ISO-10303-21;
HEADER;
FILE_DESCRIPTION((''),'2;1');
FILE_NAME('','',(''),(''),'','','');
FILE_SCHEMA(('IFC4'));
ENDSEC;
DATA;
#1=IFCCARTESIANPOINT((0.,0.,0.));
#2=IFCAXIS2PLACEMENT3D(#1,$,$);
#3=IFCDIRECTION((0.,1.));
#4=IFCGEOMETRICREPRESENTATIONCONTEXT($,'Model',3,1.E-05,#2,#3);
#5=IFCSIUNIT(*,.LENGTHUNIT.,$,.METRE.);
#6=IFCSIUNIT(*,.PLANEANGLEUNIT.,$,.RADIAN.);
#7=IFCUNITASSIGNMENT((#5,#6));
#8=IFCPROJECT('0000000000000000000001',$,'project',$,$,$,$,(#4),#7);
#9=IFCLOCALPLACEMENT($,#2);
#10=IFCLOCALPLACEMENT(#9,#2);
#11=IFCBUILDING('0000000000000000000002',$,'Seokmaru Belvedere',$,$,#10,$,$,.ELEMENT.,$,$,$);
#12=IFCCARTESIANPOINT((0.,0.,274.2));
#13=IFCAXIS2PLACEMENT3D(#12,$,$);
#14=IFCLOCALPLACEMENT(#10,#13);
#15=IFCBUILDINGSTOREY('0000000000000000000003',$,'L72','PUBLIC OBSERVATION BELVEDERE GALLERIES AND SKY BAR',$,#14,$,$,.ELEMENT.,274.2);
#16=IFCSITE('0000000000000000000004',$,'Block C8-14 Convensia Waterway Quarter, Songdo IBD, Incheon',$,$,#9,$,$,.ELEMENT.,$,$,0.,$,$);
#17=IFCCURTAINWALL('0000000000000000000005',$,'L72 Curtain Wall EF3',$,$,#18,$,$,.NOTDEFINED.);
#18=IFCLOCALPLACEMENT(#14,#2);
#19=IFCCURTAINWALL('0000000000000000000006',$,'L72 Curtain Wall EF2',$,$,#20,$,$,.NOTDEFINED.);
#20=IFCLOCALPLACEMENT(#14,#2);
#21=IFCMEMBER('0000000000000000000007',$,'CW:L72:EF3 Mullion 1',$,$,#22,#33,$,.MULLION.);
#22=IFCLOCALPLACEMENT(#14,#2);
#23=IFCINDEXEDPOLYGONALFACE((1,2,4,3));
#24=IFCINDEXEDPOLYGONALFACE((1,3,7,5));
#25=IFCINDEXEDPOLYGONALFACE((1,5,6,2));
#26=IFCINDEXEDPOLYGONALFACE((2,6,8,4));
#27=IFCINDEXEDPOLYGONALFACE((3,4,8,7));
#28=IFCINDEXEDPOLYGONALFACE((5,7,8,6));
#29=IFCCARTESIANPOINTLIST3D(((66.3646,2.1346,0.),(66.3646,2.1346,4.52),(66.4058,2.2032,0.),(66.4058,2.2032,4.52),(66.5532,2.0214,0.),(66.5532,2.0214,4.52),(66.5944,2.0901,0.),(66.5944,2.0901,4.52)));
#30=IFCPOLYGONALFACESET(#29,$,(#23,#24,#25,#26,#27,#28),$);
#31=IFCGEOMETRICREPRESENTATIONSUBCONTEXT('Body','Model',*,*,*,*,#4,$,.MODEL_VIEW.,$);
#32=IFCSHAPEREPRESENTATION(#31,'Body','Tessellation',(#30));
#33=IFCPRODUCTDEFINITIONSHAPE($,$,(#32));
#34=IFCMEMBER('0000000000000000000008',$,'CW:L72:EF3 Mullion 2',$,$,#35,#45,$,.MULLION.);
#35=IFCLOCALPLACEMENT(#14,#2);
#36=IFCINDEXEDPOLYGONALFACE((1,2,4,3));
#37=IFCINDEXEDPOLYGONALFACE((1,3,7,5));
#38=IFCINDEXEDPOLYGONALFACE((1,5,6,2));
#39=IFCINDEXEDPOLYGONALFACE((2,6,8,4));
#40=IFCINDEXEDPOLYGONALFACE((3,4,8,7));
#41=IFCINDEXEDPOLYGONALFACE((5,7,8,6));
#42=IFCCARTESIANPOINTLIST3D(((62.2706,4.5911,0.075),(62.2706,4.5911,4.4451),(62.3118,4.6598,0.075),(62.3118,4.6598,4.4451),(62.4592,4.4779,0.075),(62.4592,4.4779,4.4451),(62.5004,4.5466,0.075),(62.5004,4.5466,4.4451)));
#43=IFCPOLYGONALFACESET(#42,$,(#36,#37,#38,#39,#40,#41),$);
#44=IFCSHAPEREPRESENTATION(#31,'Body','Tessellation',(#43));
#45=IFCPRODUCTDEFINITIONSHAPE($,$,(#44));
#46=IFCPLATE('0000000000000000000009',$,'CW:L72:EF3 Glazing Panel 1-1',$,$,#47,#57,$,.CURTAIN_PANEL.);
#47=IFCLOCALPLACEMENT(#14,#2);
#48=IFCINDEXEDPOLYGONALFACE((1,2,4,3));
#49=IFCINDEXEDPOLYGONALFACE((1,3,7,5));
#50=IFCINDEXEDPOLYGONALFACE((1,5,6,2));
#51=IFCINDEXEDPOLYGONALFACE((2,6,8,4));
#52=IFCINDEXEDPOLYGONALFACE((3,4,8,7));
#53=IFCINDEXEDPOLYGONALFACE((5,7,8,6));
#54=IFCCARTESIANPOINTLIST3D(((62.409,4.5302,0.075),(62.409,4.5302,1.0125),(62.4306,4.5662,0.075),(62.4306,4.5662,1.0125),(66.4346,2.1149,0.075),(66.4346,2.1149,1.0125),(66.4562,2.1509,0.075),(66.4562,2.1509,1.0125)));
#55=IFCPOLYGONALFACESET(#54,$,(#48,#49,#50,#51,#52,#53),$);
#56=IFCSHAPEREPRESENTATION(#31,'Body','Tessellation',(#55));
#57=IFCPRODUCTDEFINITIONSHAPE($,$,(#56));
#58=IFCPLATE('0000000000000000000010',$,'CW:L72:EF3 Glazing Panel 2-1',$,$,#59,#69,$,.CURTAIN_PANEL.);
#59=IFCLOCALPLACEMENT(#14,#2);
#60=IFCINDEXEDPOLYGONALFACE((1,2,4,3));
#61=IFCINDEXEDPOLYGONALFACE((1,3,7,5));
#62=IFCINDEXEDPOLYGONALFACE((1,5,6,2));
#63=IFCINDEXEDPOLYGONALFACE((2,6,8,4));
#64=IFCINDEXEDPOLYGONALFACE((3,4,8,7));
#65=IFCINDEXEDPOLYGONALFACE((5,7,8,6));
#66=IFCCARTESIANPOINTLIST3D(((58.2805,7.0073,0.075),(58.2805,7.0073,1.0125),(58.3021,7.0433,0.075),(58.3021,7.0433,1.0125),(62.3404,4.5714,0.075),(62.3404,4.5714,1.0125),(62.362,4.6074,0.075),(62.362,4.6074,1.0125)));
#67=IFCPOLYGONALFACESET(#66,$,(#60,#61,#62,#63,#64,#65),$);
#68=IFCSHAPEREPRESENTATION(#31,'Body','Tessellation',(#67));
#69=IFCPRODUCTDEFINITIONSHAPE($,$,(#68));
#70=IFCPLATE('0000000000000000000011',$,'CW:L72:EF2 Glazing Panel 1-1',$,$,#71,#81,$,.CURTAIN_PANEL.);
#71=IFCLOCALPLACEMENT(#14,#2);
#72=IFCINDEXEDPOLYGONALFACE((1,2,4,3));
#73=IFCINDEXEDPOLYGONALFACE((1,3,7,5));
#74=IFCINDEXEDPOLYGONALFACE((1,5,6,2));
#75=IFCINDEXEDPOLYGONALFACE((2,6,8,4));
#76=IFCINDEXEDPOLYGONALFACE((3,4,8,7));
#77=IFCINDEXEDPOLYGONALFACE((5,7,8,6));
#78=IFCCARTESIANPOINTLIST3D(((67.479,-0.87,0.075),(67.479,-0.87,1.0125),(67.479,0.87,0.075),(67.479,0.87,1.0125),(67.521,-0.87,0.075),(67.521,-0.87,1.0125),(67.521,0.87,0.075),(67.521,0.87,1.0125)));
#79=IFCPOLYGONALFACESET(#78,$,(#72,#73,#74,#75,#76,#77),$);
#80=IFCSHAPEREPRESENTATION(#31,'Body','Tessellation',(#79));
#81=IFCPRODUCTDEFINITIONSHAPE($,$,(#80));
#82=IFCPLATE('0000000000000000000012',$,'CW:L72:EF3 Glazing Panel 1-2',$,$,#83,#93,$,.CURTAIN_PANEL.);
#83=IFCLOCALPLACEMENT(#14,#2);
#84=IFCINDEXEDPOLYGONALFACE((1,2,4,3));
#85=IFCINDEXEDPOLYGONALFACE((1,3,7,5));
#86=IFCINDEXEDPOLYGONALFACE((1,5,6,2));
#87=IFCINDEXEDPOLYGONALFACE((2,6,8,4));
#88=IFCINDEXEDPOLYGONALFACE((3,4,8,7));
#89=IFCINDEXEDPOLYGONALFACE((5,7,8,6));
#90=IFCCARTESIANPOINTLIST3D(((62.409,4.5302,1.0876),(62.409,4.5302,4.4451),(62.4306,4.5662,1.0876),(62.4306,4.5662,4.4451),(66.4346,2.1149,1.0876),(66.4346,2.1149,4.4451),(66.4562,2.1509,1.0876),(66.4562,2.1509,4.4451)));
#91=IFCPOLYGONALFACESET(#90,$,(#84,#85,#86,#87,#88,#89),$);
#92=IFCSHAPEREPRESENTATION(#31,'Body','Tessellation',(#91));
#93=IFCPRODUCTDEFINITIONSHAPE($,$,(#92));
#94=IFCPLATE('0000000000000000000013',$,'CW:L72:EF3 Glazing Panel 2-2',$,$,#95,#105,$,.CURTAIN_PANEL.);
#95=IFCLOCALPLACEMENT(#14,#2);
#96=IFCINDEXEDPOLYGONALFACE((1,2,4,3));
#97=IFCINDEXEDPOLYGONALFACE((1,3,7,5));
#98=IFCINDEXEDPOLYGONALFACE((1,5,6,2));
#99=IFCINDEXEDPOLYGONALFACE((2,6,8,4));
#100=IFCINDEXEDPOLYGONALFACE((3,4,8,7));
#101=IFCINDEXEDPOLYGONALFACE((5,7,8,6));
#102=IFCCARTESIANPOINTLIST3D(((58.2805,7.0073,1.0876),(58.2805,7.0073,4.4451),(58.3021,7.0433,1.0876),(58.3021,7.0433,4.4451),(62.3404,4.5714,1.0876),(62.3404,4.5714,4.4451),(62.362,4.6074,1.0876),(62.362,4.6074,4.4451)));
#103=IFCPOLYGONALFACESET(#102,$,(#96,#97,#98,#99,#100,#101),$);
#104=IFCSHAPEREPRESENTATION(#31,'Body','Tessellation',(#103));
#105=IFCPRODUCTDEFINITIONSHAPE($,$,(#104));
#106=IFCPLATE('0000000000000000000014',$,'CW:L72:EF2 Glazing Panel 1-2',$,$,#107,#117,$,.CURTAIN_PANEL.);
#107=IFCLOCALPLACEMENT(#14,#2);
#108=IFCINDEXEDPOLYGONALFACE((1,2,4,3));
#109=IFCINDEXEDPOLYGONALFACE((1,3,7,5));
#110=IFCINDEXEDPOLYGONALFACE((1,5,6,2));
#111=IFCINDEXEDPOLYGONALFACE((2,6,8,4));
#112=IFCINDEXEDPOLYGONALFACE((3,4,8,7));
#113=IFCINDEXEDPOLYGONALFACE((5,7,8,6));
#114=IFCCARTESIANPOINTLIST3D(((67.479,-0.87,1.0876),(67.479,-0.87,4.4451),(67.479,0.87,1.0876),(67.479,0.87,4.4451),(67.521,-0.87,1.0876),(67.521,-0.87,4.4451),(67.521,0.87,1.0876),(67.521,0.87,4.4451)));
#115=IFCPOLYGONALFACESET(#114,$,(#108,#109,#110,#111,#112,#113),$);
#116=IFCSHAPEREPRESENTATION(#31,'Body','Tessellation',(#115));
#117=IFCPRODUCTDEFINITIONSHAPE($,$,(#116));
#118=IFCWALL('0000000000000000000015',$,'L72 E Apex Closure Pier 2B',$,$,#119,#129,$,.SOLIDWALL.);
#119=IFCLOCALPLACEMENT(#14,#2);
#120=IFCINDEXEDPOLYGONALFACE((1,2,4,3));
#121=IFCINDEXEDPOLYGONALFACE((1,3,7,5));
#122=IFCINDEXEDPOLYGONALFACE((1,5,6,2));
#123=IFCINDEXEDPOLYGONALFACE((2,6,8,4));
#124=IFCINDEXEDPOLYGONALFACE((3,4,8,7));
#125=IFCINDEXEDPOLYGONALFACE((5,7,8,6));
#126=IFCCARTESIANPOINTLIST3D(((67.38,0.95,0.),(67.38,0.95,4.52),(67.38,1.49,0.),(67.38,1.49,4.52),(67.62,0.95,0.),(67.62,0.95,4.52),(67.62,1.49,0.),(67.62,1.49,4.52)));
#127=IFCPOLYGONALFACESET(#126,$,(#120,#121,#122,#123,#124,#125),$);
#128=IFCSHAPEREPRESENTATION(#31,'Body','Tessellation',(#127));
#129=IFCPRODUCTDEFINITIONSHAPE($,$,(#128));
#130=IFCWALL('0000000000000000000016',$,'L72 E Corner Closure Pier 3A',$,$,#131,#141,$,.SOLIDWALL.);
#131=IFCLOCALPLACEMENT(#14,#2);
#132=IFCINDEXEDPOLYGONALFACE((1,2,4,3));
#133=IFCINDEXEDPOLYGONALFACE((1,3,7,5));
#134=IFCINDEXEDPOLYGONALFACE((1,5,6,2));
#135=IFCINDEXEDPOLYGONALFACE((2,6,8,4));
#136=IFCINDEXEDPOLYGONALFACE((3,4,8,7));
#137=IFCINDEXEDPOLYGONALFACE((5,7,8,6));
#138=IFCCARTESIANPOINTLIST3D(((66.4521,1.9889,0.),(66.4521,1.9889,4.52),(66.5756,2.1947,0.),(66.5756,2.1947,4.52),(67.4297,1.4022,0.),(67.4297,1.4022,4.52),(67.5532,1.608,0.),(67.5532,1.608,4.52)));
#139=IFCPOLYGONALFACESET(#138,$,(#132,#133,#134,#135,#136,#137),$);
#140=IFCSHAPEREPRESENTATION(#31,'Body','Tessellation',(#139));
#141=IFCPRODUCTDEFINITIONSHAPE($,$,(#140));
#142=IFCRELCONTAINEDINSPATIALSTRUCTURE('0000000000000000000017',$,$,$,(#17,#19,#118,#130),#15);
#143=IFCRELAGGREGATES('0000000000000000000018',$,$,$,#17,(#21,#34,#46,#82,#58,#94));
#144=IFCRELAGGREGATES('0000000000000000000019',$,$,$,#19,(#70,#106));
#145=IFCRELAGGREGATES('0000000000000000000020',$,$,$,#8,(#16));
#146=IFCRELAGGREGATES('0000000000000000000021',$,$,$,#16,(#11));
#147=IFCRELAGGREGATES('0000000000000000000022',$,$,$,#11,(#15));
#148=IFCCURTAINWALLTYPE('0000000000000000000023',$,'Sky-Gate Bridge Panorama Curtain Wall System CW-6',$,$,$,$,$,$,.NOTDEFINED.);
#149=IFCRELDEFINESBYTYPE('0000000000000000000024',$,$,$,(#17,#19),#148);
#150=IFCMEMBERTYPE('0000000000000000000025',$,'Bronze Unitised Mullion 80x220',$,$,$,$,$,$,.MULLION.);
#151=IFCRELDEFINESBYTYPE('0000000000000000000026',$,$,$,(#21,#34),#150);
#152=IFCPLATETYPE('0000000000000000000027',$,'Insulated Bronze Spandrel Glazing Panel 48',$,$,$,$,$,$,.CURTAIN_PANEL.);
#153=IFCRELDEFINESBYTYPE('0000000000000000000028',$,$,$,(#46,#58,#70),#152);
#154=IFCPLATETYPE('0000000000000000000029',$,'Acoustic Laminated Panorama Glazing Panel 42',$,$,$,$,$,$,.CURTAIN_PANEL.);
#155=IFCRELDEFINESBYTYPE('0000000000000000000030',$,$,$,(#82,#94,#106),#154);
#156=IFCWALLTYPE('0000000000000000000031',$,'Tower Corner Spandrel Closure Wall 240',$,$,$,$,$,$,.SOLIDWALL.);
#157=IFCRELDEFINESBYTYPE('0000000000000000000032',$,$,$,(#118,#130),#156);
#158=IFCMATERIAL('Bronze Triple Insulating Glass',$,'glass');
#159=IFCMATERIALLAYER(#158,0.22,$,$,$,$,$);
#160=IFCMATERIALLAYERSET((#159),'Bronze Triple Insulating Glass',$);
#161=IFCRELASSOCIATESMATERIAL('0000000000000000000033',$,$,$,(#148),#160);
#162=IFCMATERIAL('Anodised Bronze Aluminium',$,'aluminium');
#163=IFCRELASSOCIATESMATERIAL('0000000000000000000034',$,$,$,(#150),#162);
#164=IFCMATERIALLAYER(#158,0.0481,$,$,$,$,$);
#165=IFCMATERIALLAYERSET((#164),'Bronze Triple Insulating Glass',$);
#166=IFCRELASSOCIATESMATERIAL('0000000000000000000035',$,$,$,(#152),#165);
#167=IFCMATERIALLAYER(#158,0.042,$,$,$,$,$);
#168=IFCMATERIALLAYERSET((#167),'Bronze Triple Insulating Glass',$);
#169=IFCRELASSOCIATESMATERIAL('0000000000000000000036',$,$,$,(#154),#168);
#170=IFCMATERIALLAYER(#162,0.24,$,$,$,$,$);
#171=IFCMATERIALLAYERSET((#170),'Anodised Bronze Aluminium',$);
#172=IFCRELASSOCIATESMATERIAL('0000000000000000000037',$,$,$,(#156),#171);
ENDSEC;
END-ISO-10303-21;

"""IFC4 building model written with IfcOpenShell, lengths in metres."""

from ifc_helpers import new_model, si_unit, direction, frame, frame_2d, origin, origin_2d, place, context, subcontext, project, spatial, rectangle, extrude, source, transform, mapped, material, layer, layer_set, material_profile, profile_set, type_object, type_shapes, element, aggregate, save


model = new_model("IFC4")

# Units and contexts
model_context = context("Model", 3, precision=1e-05, world=origin(), true_north=direction((0.0, 1.0)))
body_context = subcontext(model_context, "Body", "Model", "MODEL_VIEW")
ifc_project = project(units=[si_unit("LENGTHUNIT", "METRE"), si_unit("PLANEANGLEUNIT", "RADIAN")], contexts=[model_context])

# Site, building, storey
site_placement = place(None, origin())
site = spatial("IfcSite", under=ifc_project, at=site_placement, Name="Block C8-14 Convensia Waterway Quarter, Songdo IBD, Incheon", CompositionType="ELEMENT", RefElevation=0.0)
building_placement = place(site_placement, origin())
building = spatial("IfcBuilding", under=site, at=building_placement, Name="Seokmaru Belvedere", CompositionType="ELEMENT")
storey_placement = place(building_placement, frame((0.0, 0.0, 274.2)))
storey = spatial("IfcBuildingStorey", under=building, at=storey_placement, Name="L72", Description="PUBLIC OBSERVATION BELVEDERE GALLERIES AND SKY BAR", CompositionType="ELEMENT", Elevation=274.2)

# Curtain walls
ifc_material_1 = material(Name="Bronze Triple Insulating Glass", Category="glass")
ifc_layer_1 = layer(ifc_material_1, 0.22)
ifc_layer_set_1 = layer_set([ifc_layer_1], Name="Bronze Triple Insulating Glass")
curtain_wall_type = type_object("IfcCurtainWallType", Name="Sky-Gate Bridge Panorama Curtain Wall System CW-6", PredefinedType="NOTDEFINED", material=ifc_layer_set_1)
curtain_wall_1_placement = place(storey_placement, origin())
curtain_wall_1 = element("IfcCurtainWall", 1, at=curtain_wall_1_placement, inside=storey, type_object=curtain_wall_type, Name="L72 Curtain Wall EF3", PredefinedType="NOTDEFINED")
ifc_material_2 = material(Name="Anodised Bronze Aluminium", Category="aluminium")
curtain_wall_2_placement = place(storey_placement, origin())
curtain_wall_2 = element("IfcCurtainWall", 2, at=curtain_wall_2_placement, inside=storey, type_object=curtain_wall_type, Name="L72 Curtain Wall EF2", PredefinedType="NOTDEFINED")
ifc_material_profile_1 = material_profile(ifc_material_2, rectangle(XDim=0.0801, YDim=0.22, at=origin_2d()), Name="CW-M-80x220")
ifc_profile_set_1 = profile_set([ifc_material_profile_1], Name="Anodised Bronze Aluminium")
member_type_1 = type_object("IfcMemberType", Name="Bronze Unitised Mullion 80x220", PredefinedType="MULLION", material=ifc_profile_set_1)
shared_shape_1 = source(origin(), body_context, "Body", "SweptSolid", [
    extrude(rectangle(XDim=0.0801, YDim=0.22, at=origin_2d()), origin(), (0.0, 0.0, 1.0), 4.52),
])

# Members
member_1_placement = place(storey_placement, frame((66.4795, 2.1123, 0.0), z_axis=(0.0, 0.0, 1.0), x_axis=(-0.514495, -0.857493, 0.0)))
member_1 = element("IfcMember", 3, at=member_1_placement, type_object=member_type_1, Name="CW:L72:EF3 Mullion 1", PredefinedType="MULLION", context=body_context, shape_type="MappedRepresentation", body=[
    mapped(shared_shape_1, transform((0.0, 0.0, 0.0), scale=1.0)),
])
shared_shape_2 = source(origin(), body_context, "Body", "SweptSolid", [
    extrude(rectangle(XDim=0.0801, YDim=0.22, at=origin_2d()), origin(), (0.0, 0.0, 1.0), 4.3701),
])
type_shapes(member_type_1, [shared_shape_1, shared_shape_2])
member_2_placement = place(storey_placement, frame((62.3855, 4.5688, 0.075), z_axis=(0.0, 0.0, 1.0), x_axis=(-0.514495, -0.857493, 0.0)))
member_2 = element("IfcMember", 4, at=member_2_placement, type_object=member_type_1, Name="CW:L72:EF3 Mullion 2", PredefinedType="MULLION", context=body_context, shape_type="MappedRepresentation", body=[
    mapped(shared_shape_2, transform((0.0, 0.0, 0.0), scale=1.0)),
])

# Plates
ifc_layer_2 = layer(ifc_material_1, 0.0481)
ifc_layer_set_2 = layer_set([ifc_layer_2], Name="Bronze Triple Insulating Glass")
plate_type_1 = type_object("IfcPlateType", Name="Insulated Bronze Spandrel Glazing Panel 48", PredefinedType="CURTAIN_PANEL", material=ifc_layer_set_2)
shared_shape_3 = source(origin(), body_context, "Body", "SweptSolid", [
    extrude(rectangle(XDim=4.6946, YDim=0.042, at=origin_2d()), origin(), (0.0, 0.0, 1.0), 0.9375),
])
plate_1_placement = place(storey_placement, frame((64.4326, 3.3406, 0.075), z_axis=(0.0, 0.0, 1.0), x_axis=(-0.857493, 0.514495, 0.0)))
plate_1 = element("IfcPlate", 5, at=plate_1_placement, type_object=plate_type_1, Name="CW:L72:EF3 Glazing Panel 1-1", PredefinedType="CURTAIN_PANEL", context=body_context, shape_type="MappedRepresentation", body=[
    mapped(shared_shape_3, transform((0.0, 0.0, 0.0), scale=1.0)),
])
shared_shape_4 = source(origin(), body_context, "Body", "SweptSolid", [
    extrude(rectangle(XDim=4.7346, YDim=0.042, at=origin_2d()), origin(), (0.0, 0.0, 1.0), 0.9375),
])
plate_2_placement = place(storey_placement, frame((60.3213, 5.8074, 0.075), z_axis=(0.0, 0.0, 1.0), x_axis=(-0.857493, 0.514495, 0.0)))
plate_2 = element("IfcPlate", 6, at=plate_2_placement, type_object=plate_type_1, Name="CW:L72:EF3 Glazing Panel 2-1", PredefinedType="CURTAIN_PANEL", context=body_context, shape_type="MappedRepresentation", body=[
    mapped(shared_shape_4, transform((0.0, 0.0, 0.0), scale=1.0)),
])
shared_shape_5 = source(origin(), body_context, "Body", "SweptSolid", [
    extrude(rectangle(XDim=1.74, YDim=0.042, at=origin_2d()), origin(), (0.0, 0.0, 1.0), 0.9375),
])
type_shapes(plate_type_1, [shared_shape_3, shared_shape_4, shared_shape_5])
plate_3_placement = place(storey_placement, frame((67.5, 0.0, 0.075), z_axis=(0.0, 0.0, 1.0), x_axis=(0.0, 1.0, 0.0)))
plate_3 = element("IfcPlate", 7, at=plate_3_placement, type_object=plate_type_1, Name="CW:L72:EF2 Glazing Panel 1-1", PredefinedType="CURTAIN_PANEL", context=body_context, shape_type="MappedRepresentation", body=[
    mapped(shared_shape_5, transform((0.0, 0.0, 0.0), scale=1.0)),
])
ifc_layer_3 = layer(ifc_material_1, 0.042)
ifc_layer_set_3 = layer_set([ifc_layer_3], Name="Bronze Triple Insulating Glass")
plate_type_2 = type_object("IfcPlateType", Name="Acoustic Laminated Panorama Glazing Panel 42", PredefinedType="CURTAIN_PANEL", material=ifc_layer_set_3)
shared_shape_6 = source(origin(), body_context, "Body", "SweptSolid", [
    extrude(rectangle(XDim=4.6946, YDim=0.042, at=origin_2d()), origin(), (0.0, 0.0, 1.0), 3.3574),
])
plate_4_placement = place(storey_placement, frame((64.4326, 3.3406, 1.0876), z_axis=(0.0, 0.0, 1.0), x_axis=(-0.857493, 0.514495, 0.0)))
plate_4 = element("IfcPlate", 8, at=plate_4_placement, type_object=plate_type_2, Name="CW:L72:EF3 Glazing Panel 1-2", PredefinedType="CURTAIN_PANEL", context=body_context, shape_type="MappedRepresentation", body=[
    mapped(shared_shape_6, transform((0.0, 0.0, 0.0), scale=1.0)),
])
shared_shape_7 = source(origin(), body_context, "Body", "SweptSolid", [
    extrude(rectangle(XDim=4.7346, YDim=0.042, at=origin_2d()), origin(), (0.0, 0.0, 1.0), 3.3574),
])
plate_5_placement = place(storey_placement, frame((60.3213, 5.8074, 1.0876), z_axis=(0.0, 0.0, 1.0), x_axis=(-0.857493, 0.514495, 0.0)))
plate_5 = element("IfcPlate", 9, at=plate_5_placement, type_object=plate_type_2, Name="CW:L72:EF3 Glazing Panel 2-2", PredefinedType="CURTAIN_PANEL", context=body_context, shape_type="MappedRepresentation", body=[
    mapped(shared_shape_7, transform((0.0, 0.0, 0.0), scale=1.0)),
])
aggregate(curtain_wall_1, [member_1, member_2, plate_1, plate_4, plate_2, plate_5])
shared_shape_8 = source(origin(), body_context, "Body", "SweptSolid", [
    extrude(rectangle(XDim=1.74, YDim=0.042, at=origin_2d()), origin(), (0.0, 0.0, 1.0), 3.3574),
])
type_shapes(plate_type_2, [shared_shape_6, shared_shape_7, shared_shape_8])
plate_6_placement = place(storey_placement, frame((67.5, 0.0, 1.0876), z_axis=(0.0, 0.0, 1.0), x_axis=(0.0, 1.0, 0.0)))
plate_6 = element("IfcPlate", 10, at=plate_6_placement, type_object=plate_type_2, Name="CW:L72:EF2 Glazing Panel 1-2", PredefinedType="CURTAIN_PANEL", context=body_context, shape_type="MappedRepresentation", body=[
    mapped(shared_shape_8, transform((0.0, 0.0, 0.0), scale=1.0)),
])
aggregate(curtain_wall_2, [plate_3, plate_6])

# Walls
ifc_layer_4 = layer(ifc_material_2, 0.24)
ifc_layer_set_4 = layer_set([ifc_layer_4], Name="Anodised Bronze Aluminium")
wall_type = type_object("IfcWallType", Name="Tower Corner Spandrel Closure Wall 240", PredefinedType="SOLIDWALL", material=ifc_layer_set_4)
wall_1_placement = place(storey_placement, frame((67.5, 0.95, 0.0), z_axis=(0.0, 0.0, 1.0), x_axis=(0.0, 1.0, 0.0)))
element("IfcWall", 11, at=wall_1_placement, inside=storey, type_object=wall_type, Name="L72 E Apex Closure Pier 2B", PredefinedType="SOLIDWALL", context=body_context, shape_type="SweptSolid", body=[
    extrude(rectangle(XDim=0.54, YDim=0.24, at=frame_2d((0.27, 0.0))), origin(), (0.0, 0.0, 1.0), 4.52),
])
wall_2_placement = place(storey_placement, frame((67.4915, 1.5051, 0.0), z_axis=(0.0, 0.0, 1.0), x_axis=(-0.857436, 0.51459, 0.0)))
element("IfcWall", 12, at=wall_2_placement, inside=storey, type_object=wall_type, Name="L72 E Corner Closure Pier 3A", PredefinedType="SOLIDWALL", context=body_context, shape_type="SweptSolid", body=[
    extrude(rectangle(XDim=1.1401, YDim=0.24, at=frame_2d((0.5701, 0.0))), origin(), (0.0, 0.0, 1.0), 4.52),
])

save(model, "model.ifc")
